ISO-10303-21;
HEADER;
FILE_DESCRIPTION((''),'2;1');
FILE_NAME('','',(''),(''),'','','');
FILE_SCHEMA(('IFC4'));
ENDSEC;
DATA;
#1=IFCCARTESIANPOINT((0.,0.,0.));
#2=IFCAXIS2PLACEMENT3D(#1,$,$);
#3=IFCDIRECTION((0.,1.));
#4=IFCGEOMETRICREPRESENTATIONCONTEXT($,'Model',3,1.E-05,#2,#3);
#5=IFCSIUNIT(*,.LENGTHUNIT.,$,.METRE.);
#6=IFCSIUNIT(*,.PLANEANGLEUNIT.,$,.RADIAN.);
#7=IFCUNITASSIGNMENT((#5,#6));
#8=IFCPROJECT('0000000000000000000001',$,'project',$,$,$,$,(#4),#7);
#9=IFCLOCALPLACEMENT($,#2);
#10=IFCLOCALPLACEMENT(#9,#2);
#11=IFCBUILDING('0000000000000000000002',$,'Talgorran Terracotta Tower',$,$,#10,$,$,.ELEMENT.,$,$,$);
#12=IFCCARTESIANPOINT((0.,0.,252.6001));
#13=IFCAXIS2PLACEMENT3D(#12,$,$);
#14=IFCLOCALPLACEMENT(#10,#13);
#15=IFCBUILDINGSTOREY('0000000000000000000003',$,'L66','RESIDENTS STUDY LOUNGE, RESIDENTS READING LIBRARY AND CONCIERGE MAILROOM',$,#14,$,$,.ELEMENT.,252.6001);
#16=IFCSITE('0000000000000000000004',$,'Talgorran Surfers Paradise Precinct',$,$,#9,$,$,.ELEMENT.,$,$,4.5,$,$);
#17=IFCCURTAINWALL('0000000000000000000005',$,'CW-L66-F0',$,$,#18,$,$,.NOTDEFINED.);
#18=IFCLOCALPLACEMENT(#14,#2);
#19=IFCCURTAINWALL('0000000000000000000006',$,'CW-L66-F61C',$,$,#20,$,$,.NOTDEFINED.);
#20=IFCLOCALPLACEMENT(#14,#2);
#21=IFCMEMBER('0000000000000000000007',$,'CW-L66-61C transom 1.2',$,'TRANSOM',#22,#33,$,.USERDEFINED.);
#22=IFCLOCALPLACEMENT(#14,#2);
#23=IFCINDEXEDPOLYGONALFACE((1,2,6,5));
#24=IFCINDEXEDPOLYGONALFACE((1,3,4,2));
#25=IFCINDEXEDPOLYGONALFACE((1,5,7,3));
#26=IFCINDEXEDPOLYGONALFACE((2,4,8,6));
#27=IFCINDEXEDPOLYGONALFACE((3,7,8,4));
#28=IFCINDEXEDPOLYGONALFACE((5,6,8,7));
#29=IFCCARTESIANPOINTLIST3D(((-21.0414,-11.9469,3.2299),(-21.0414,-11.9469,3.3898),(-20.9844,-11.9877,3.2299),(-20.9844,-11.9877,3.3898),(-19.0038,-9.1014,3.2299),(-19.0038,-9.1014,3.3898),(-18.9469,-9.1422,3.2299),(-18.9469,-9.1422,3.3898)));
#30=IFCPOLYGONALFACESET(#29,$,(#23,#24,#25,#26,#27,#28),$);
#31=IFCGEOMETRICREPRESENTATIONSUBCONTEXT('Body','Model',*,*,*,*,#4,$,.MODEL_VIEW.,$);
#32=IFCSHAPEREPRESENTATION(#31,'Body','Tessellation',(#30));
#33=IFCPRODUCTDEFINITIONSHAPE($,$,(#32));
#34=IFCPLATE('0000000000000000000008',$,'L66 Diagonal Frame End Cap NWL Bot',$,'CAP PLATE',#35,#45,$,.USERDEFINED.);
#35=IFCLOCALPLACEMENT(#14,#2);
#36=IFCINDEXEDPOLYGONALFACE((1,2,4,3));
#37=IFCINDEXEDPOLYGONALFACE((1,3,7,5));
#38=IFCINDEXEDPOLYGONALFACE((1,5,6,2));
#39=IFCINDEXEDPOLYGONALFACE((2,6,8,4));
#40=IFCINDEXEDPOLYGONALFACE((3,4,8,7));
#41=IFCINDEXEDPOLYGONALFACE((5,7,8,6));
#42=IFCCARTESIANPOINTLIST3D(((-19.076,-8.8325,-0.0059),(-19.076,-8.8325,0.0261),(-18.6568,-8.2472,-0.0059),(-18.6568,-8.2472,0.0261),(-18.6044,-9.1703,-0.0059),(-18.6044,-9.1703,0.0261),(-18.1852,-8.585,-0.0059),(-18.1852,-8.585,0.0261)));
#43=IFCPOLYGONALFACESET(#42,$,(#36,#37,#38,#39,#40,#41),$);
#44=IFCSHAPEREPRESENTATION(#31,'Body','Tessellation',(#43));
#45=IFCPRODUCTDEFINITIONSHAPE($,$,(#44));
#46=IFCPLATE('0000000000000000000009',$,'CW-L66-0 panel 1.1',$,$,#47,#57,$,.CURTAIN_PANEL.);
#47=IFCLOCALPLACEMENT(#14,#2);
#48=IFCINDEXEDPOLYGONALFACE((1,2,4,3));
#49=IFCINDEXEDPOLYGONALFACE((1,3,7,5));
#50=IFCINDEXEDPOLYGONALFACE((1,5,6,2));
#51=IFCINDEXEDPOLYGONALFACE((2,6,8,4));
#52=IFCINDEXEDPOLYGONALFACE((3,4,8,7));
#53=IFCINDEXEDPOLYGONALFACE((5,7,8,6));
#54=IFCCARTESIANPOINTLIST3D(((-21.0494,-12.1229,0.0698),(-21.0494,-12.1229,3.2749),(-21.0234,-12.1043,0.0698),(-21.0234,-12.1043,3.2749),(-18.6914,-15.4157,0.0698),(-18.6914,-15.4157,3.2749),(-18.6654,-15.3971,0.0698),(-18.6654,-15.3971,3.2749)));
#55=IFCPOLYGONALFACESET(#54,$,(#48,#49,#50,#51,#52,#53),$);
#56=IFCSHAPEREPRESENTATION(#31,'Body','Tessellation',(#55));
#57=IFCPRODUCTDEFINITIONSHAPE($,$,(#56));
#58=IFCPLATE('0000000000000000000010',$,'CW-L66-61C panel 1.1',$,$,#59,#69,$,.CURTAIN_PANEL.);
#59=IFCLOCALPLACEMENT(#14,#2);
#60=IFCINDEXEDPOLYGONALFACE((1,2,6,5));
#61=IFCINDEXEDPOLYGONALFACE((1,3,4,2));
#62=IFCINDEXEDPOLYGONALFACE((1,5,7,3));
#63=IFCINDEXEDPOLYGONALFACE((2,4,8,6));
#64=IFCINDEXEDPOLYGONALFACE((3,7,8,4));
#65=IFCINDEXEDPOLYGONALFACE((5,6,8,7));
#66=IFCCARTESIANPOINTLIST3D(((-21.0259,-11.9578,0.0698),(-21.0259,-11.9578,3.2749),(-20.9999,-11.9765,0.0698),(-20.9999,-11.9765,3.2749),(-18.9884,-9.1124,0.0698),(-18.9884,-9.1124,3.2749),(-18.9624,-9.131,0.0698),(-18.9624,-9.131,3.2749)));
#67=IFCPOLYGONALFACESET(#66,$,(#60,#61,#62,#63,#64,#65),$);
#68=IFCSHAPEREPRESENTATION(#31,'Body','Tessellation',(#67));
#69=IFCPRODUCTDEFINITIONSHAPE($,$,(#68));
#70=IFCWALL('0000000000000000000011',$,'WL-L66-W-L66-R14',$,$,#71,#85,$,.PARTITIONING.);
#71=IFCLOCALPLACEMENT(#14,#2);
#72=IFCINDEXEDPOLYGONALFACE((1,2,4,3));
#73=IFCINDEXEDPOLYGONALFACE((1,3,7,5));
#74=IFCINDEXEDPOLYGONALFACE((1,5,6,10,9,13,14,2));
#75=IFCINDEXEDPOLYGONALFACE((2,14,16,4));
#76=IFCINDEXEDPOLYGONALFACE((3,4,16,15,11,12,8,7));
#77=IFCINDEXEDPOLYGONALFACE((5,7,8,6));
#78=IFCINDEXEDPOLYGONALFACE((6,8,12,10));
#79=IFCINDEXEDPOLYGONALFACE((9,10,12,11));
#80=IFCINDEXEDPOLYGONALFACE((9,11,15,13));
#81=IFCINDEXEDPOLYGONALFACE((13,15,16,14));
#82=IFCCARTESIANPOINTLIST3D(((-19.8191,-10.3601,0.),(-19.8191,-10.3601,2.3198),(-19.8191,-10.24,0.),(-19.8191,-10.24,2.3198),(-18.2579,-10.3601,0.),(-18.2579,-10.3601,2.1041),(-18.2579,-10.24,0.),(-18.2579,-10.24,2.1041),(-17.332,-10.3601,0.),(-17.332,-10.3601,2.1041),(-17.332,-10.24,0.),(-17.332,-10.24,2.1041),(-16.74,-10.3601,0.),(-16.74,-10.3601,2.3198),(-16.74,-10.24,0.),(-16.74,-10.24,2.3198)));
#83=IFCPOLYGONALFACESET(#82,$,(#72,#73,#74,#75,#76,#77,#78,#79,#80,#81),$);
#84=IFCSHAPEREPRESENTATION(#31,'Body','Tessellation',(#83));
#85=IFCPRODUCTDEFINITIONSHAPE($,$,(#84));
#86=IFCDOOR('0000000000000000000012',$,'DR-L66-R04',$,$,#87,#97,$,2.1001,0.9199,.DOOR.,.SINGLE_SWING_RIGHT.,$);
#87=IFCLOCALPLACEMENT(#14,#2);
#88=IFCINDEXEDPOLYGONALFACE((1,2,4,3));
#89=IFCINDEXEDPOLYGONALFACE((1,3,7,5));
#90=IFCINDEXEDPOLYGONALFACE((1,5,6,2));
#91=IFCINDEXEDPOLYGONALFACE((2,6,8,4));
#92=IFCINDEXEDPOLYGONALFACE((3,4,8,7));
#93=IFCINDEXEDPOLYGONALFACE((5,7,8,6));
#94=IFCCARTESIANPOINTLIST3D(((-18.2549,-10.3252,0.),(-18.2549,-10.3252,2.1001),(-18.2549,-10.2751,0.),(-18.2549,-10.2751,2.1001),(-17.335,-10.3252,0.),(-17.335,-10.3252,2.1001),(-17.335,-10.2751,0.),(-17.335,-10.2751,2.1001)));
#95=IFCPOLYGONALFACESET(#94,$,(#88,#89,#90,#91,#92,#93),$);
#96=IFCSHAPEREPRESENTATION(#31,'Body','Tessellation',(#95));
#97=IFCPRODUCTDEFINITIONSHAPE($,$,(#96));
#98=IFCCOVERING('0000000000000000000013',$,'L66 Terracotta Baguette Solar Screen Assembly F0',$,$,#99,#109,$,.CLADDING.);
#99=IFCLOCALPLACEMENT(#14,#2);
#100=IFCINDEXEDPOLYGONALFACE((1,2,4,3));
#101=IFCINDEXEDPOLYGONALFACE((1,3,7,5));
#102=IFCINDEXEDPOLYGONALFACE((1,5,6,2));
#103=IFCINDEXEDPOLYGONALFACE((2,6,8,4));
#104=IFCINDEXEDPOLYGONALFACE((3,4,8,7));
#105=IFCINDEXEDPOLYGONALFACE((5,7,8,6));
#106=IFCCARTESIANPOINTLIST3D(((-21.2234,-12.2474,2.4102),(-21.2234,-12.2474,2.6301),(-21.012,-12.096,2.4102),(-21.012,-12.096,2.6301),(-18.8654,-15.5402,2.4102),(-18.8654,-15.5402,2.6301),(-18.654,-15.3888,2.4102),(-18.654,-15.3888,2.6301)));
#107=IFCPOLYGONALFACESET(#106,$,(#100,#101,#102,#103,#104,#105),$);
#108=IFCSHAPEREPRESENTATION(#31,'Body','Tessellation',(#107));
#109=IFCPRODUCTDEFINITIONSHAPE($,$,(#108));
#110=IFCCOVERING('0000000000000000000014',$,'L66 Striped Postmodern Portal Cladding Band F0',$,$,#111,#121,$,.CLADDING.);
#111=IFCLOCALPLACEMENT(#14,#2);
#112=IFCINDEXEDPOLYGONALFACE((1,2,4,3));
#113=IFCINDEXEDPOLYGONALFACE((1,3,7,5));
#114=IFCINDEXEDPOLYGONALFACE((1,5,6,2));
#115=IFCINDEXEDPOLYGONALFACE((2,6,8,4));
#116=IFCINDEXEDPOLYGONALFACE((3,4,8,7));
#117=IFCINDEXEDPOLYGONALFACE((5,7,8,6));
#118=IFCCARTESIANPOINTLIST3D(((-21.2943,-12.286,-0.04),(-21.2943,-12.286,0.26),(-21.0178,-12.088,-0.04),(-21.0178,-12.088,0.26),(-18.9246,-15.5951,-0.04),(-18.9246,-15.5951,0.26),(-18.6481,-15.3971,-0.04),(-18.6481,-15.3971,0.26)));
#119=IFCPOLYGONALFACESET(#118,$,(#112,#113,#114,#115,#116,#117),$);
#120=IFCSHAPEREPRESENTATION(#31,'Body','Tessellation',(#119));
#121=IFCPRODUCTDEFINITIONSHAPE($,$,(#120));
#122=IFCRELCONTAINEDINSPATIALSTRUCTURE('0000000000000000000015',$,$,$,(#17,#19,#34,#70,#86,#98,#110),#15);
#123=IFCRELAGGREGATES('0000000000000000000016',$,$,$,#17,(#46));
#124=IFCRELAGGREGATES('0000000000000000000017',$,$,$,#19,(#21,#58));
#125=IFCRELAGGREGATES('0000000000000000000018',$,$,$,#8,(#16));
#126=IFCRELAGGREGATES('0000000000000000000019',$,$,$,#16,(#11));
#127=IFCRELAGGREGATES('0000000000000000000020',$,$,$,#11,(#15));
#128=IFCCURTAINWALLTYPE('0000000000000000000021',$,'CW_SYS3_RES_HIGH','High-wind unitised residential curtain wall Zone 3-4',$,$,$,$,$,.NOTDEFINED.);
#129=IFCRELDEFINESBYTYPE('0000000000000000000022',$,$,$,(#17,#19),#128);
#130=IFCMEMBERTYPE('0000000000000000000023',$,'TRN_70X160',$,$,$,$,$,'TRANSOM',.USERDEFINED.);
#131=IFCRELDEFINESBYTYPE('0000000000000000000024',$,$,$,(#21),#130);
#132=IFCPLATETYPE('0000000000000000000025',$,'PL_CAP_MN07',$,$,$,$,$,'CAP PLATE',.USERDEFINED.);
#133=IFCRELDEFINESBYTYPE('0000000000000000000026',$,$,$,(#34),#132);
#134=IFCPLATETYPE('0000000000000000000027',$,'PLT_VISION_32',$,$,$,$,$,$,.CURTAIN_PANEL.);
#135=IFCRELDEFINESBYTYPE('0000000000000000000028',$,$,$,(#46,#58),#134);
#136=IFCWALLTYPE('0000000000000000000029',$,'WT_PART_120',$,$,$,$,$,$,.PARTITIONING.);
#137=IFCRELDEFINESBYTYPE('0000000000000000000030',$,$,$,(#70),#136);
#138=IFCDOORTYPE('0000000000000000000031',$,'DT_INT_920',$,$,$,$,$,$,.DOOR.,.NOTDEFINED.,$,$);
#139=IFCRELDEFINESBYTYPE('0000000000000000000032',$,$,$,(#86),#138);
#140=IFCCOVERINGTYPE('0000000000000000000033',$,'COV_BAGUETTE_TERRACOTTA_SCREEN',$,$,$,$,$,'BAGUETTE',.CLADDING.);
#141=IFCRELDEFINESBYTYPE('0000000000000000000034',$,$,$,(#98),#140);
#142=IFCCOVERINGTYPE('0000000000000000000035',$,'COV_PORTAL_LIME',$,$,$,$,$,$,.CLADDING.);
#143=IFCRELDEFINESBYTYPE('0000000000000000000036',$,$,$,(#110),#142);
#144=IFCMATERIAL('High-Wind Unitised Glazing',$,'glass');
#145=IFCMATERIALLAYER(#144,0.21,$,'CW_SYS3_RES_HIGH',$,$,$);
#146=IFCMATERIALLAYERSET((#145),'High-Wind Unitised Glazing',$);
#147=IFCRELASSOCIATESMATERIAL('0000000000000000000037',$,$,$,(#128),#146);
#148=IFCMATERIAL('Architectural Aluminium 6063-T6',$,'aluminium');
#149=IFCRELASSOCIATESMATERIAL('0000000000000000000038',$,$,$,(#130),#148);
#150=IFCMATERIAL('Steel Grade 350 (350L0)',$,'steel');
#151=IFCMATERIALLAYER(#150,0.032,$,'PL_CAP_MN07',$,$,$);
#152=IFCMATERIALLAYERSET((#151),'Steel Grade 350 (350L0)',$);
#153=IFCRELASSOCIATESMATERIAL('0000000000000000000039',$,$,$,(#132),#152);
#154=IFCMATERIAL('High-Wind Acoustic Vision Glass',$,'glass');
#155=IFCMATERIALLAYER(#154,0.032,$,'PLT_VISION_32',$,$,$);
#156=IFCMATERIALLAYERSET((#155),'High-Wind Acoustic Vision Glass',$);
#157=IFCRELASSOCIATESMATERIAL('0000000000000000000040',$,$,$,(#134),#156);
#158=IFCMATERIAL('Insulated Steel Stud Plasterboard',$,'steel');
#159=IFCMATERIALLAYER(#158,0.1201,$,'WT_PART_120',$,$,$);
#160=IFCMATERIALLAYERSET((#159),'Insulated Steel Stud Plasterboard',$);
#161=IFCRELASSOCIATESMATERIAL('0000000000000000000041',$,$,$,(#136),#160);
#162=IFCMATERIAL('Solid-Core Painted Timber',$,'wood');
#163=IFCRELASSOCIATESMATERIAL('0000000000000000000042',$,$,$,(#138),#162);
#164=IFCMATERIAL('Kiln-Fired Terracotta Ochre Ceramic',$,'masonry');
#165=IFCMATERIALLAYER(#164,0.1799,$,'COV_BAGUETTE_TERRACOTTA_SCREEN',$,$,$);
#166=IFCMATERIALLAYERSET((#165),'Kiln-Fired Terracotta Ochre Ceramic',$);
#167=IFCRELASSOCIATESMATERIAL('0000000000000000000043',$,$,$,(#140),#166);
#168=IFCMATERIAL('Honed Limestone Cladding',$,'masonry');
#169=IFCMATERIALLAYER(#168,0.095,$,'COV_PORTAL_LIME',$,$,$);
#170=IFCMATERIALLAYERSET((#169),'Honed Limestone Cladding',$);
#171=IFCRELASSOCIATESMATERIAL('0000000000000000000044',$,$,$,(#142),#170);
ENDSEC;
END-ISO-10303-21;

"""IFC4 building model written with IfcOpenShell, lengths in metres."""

from ifc_helpers import new_model, si_unit, direction, frame, frame_2d, origin, origin_2d, place, context, subcontext, project, spatial, rectangle, extrude, source, transform, mapped, material, layer, layer_set, material_profile, profile_set, type_object, type_shapes, element, fill, aggregate, save


model = new_model("IFC4")

# Units and contexts
model_context = context("Model", 3, precision=1e-05, world=origin(), true_north=direction((0.0, 1.0)))
body_context = subcontext(model_context, "Body", "Model", "MODEL_VIEW")
ifc_project = project(units=[si_unit("LENGTHUNIT", "METRE"), si_unit("PLANEANGLEUNIT", "RADIAN")], contexts=[model_context])

# Site, building, storey
site_placement = place(None, origin())
site = spatial("IfcSite", under=ifc_project, at=site_placement, Name="Talgorran Surfers Paradise Precinct", CompositionType="ELEMENT", RefElevation=4.5)
building_placement = place(site_placement, origin())
building = spatial("IfcBuilding", under=site, at=building_placement, Name="Talgorran Terracotta Tower", CompositionType="ELEMENT")
storey_placement = place(building_placement, frame((0.0, 0.0, 252.6001)))
storey = spatial("IfcBuildingStorey", under=building, at=storey_placement, Name="L66", Description="RESIDENTS STUDY LOUNGE, RESIDENTS READING LIBRARY AND CONCIERGE MAILROOM", CompositionType="ELEMENT", Elevation=252.6001)

# Shared definitions
ifc_material_1 = material(Name="Steel Grade 350 (350L0)", Category="steel")

# Curtain wall
ifc_material_2 = material(Name="High-Wind Unitised Glazing", Category="glass")
ifc_layer_1 = layer(ifc_material_2, 0.21, Name="CW_SYS3_RES_HIGH")
ifc_layer_set_1 = layer_set([ifc_layer_1], Name="High-Wind Unitised Glazing")
curtain_wall_type = type_object("IfcCurtainWallType", Name="CW_SYS3_RES_HIGH", Description="High-wind unitised residential curtain wall Zone 3-4", PredefinedType="NOTDEFINED", material=ifc_layer_set_1)
curtain_wall_1_placement = place(storey_placement, origin())
curtain_wall_1 = element("IfcCurtainWall", 1, at=curtain_wall_1_placement, inside=storey, type_object=curtain_wall_type, Name="CW-L66-F0", PredefinedType="NOTDEFINED")
ifc_material_3 = material(Name="Architectural Aluminium 6063-T6", Category="aluminium")

# Curtain wall
curtain_wall_2_placement = place(storey_placement, origin())
curtain_wall_2 = element("IfcCurtainWall", 2, at=curtain_wall_2_placement, inside=storey, type_object=curtain_wall_type, Name="CW-L66-F61C", PredefinedType="NOTDEFINED")

# Member
ifc_material_profile_1 = material_profile(ifc_material_3, rectangle(XDim=0.0701, YDim=0.1599, at=origin_2d()), Name="CWT70X160")
ifc_profile_set_1 = profile_set([ifc_material_profile_1], Name="Architectural Aluminium 6063-T6")
member_type_1 = type_object("IfcMemberType", Name="TRN_70X160", ElementType="TRANSOM", PredefinedType="USERDEFINED", material=ifc_profile_set_1)
member_1_placement = place(storey_placement, frame((-18.9753, -9.1218, 3.3098), z_axis=(-0.582208, -0.81304, 0.0), x_axis=(0.81304, -0.582208, 0.0)))
member_1 = element("IfcMember", 3, at=member_1_placement, type_object=member_type_1, Name="CW-L66-61C transom 1.2", ObjectType="TRANSOM", PredefinedType="USERDEFINED", context=body_context, shape_type="SweptSolid", body=[
    extrude(rectangle(XDim=0.0701, YDim=0.1599, at=origin_2d()), origin(), (0.0, 0.0, 1.0), 3.4998),
])

# Plates
ifc_layer_2 = layer(ifc_material_1, 0.032, Name="PL_CAP_MN07")
ifc_layer_set_2 = layer_set([ifc_layer_2], Name="Steel Grade 350 (350L0)")
plate_type_1 = type_object("IfcPlateType", Name="PL_CAP_MN07", ElementType="CAP PLATE", PredefinedType="USERDEFINED", material=ifc_layer_set_2)
plate_1_placement = place(storey_placement, frame((-18.6306, -8.7087, -0.0059), z_axis=(0.0, 0.0, 1.0), x_axis=(0.582265, 0.812999, 0.0)))
element("IfcPlate", 4, at=plate_1_placement, inside=storey, type_object=plate_type_1, Name="L66 Diagonal Frame End Cap NWL Bot", ObjectType="CAP PLATE", PredefinedType="USERDEFINED", context=body_context, shape_type="SweptSolid", body=[
    extrude(rectangle(XDim=0.72, YDim=0.5801, at=origin_2d()), origin(), (0.0, 0.0, 1.0), 0.032),
])
ifc_material_4 = material(Name="High-Wind Acoustic Vision Glass", Category="glass")
ifc_layer_3 = layer(ifc_material_4, 0.032, Name="PLT_VISION_32")
ifc_layer_set_3 = layer_set([ifc_layer_3], Name="High-Wind Acoustic Vision Glass")
plate_type_2 = type_object("IfcPlateType", Name="PLT_VISION_32", PredefinedType="CURTAIN_PANEL", material=ifc_layer_set_3)
shared_shape_1 = source(origin(), body_context, "Body", "SweptSolid", [
    extrude(rectangle(XDim=4.05, YDim=0.032, at=origin_2d()), origin(), (0.0, 0.0, 1.0), 3.2051),
])
plate_2_placement = place(storey_placement, frame((-19.8574, -13.76, 0.0698), z_axis=(0.0, 0.0, 1.0), x_axis=(0.58222, -0.813031, 0.0)))
plate_2 = element("IfcPlate", 5, at=plate_2_placement, type_object=plate_type_2, Name="CW-L66-0 panel 1.1", PredefinedType="CURTAIN_PANEL", context=body_context, shape_type="MappedRepresentation", body=[
    mapped(shared_shape_1, transform((0.0, 0.0, 0.0), scale=1.0)),
])
aggregate(curtain_wall_1, [plate_2])
shared_shape_2 = source(origin(), body_context, "Body", "SweptSolid", [
    extrude(rectangle(XDim=3.4998, YDim=0.032, at=origin_2d()), origin(), (0.0, 0.0, 1.0), 3.2051),
])
type_shapes(plate_type_2, [shared_shape_1, shared_shape_2])
plate_3_placement = place(storey_placement, frame((-19.9941, -10.5444, 0.0698), z_axis=(0.0, 0.0, 1.0), x_axis=(-0.582205, -0.813042, 0.0)))
plate_3 = element("IfcPlate", 6, at=plate_3_placement, type_object=plate_type_2, Name="CW-L66-61C panel 1.1", PredefinedType="CURTAIN_PANEL", context=body_context, shape_type="MappedRepresentation", body=[
    mapped(shared_shape_2, transform((0.0, 0.0, 0.0), scale=1.0)),
])
aggregate(curtain_wall_2, [member_1, plate_3])

# Wall, opening, door
ifc_material_5 = material(Name="Insulated Steel Stud Plasterboard", Category="steel")
ifc_layer_4 = layer(ifc_material_5, 0.1201, Name="WT_PART_120")
ifc_layer_set_4 = layer_set([ifc_layer_4], Name="Insulated Steel Stud Plasterboard")
wall_type = type_object("IfcWallType", Name="WT_PART_120", PredefinedType="PARTITIONING", material=ifc_layer_set_4)
wall_placement = place(storey_placement, frame((-19.8191, -10.3, 0.0), z_axis=(0.0, 0.0, 1.0), x_axis=(1.0, 0.0, 0.0)))
wall = element("IfcWall", 7, at=wall_placement, inside=storey, type_object=wall_type, Name="WL-L66-W-L66-R14", PredefinedType="PARTITIONING", context=body_context, shape_type="SweptSolid", body=[
    extrude(rectangle(XDim=3.0791, YDim=0.1201, at=frame_2d((1.5396, 0.0))), origin(), (0.0, 0.0, 1.0), 2.3198),
])
opening_placement = place(wall_placement, frame((1.5642, 0.0, 0.0)))
opening = element("IfcOpeningElement", 8, at=opening_placement, cuts=wall, PredefinedType="OPENING", context=body_context, shape_type="SweptSolid", body=[
    extrude(rectangle(XDim=0.9259, YDim=2.1041, at=frame_2d((0.46, 1.052))), frame((0.0, 0.0701, 0.0), z_axis=(0.0, -1.0, 0.0), x_axis=(1.0, 0.0, 0.0)), (0.0, 0.0, 1.0), 0.1401),
])
ifc_material_6 = material(Name="Solid-Core Painted Timber", Category="wood")
door_type = type_object("IfcDoorType", Name="DT_INT_920", OperationType="NOTDEFINED", PredefinedType="DOOR", material=ifc_material_6)
door_placement = place(opening_placement, origin())
door = element("IfcDoor", 9, at=door_placement, inside=storey, type_object=door_type, Name="DR-L66-R04", OperationType="SINGLE_SWING_RIGHT", OverallHeight=2.1001, OverallWidth=0.9199, PredefinedType="DOOR", context=body_context, shape_type="SweptSolid", body=[
    extrude(rectangle(XDim=0.9199, YDim=2.1001, at=frame_2d((0.46, 1.05))), frame((0.0, 0.0249, 0.0), z_axis=(0.0, -1.0, 0.0), x_axis=(1.0, 0.0, 0.0)), (0.0, 0.0, 1.0), 0.05),
])
fill(opening, door)

# Coverings
ifc_material_7 = material(Name="Kiln-Fired Terracotta Ochre Ceramic", Category="masonry")
ifc_layer_5 = layer(ifc_material_7, 0.1799, Name="COV_BAGUETTE_TERRACOTTA_SCREEN")
ifc_layer_set_5 = layer_set([ifc_layer_5], Name="Kiln-Fired Terracotta Ochre Ceramic")
covering_type_1 = type_object("IfcCoveringType", Name="COV_BAGUETTE_TERRACOTTA_SCREEN", ElementType="BAGUETTE", PredefinedType="CLADDING", material=ifc_layer_set_5)
covering_1_placement = place(storey_placement, frame((-19.9387, -13.8181, 2.4102), z_axis=(0.0, 0.0, 1.0), x_axis=(0.582222, -0.81303, 0.0)))
element("IfcCovering", 10, at=covering_1_placement, inside=storey, type_object=covering_type_1, Name="L66 Terracotta Baguette Solar Screen Assembly F0", PredefinedType="CLADDING", context=body_context, shape_type="SweptSolid", body=[
    extrude(rectangle(XDim=4.05, YDim=0.26, at=origin_2d()), origin(), (0.0, 0.0, 1.0), 0.22),
])
ifc_material_8 = material(Name="Honed Limestone Cladding", Category="masonry")
ifc_layer_6 = layer(ifc_material_8, 0.095, Name="COV_PORTAL_LIME")
ifc_layer_set_6 = layer_set([ifc_layer_6], Name="Honed Limestone Cladding")
covering_type_2 = type_object("IfcCoveringType", Name="COV_PORTAL_LIME", PredefinedType="CLADDING", material=ifc_layer_set_6)
covering_2_placement = place(storey_placement, frame((-19.9712, -13.8416, -0.04), z_axis=(0.0, 0.0, 1.0), x_axis=(0.582222, -0.81303, 0.0)))
element("IfcCovering", 11, at=covering_2_placement, inside=storey, type_object=covering_type_2, Name="L66 Striped Postmodern Portal Cladding Band F0", PredefinedType="CLADDING", context=body_context, shape_type="SweptSolid", body=[
    extrude(rectangle(XDim=4.0701, YDim=0.3401, at=origin_2d()), origin(), (0.0, 0.0, 1.0), 0.3),
])

save(model, "model.ifc")
